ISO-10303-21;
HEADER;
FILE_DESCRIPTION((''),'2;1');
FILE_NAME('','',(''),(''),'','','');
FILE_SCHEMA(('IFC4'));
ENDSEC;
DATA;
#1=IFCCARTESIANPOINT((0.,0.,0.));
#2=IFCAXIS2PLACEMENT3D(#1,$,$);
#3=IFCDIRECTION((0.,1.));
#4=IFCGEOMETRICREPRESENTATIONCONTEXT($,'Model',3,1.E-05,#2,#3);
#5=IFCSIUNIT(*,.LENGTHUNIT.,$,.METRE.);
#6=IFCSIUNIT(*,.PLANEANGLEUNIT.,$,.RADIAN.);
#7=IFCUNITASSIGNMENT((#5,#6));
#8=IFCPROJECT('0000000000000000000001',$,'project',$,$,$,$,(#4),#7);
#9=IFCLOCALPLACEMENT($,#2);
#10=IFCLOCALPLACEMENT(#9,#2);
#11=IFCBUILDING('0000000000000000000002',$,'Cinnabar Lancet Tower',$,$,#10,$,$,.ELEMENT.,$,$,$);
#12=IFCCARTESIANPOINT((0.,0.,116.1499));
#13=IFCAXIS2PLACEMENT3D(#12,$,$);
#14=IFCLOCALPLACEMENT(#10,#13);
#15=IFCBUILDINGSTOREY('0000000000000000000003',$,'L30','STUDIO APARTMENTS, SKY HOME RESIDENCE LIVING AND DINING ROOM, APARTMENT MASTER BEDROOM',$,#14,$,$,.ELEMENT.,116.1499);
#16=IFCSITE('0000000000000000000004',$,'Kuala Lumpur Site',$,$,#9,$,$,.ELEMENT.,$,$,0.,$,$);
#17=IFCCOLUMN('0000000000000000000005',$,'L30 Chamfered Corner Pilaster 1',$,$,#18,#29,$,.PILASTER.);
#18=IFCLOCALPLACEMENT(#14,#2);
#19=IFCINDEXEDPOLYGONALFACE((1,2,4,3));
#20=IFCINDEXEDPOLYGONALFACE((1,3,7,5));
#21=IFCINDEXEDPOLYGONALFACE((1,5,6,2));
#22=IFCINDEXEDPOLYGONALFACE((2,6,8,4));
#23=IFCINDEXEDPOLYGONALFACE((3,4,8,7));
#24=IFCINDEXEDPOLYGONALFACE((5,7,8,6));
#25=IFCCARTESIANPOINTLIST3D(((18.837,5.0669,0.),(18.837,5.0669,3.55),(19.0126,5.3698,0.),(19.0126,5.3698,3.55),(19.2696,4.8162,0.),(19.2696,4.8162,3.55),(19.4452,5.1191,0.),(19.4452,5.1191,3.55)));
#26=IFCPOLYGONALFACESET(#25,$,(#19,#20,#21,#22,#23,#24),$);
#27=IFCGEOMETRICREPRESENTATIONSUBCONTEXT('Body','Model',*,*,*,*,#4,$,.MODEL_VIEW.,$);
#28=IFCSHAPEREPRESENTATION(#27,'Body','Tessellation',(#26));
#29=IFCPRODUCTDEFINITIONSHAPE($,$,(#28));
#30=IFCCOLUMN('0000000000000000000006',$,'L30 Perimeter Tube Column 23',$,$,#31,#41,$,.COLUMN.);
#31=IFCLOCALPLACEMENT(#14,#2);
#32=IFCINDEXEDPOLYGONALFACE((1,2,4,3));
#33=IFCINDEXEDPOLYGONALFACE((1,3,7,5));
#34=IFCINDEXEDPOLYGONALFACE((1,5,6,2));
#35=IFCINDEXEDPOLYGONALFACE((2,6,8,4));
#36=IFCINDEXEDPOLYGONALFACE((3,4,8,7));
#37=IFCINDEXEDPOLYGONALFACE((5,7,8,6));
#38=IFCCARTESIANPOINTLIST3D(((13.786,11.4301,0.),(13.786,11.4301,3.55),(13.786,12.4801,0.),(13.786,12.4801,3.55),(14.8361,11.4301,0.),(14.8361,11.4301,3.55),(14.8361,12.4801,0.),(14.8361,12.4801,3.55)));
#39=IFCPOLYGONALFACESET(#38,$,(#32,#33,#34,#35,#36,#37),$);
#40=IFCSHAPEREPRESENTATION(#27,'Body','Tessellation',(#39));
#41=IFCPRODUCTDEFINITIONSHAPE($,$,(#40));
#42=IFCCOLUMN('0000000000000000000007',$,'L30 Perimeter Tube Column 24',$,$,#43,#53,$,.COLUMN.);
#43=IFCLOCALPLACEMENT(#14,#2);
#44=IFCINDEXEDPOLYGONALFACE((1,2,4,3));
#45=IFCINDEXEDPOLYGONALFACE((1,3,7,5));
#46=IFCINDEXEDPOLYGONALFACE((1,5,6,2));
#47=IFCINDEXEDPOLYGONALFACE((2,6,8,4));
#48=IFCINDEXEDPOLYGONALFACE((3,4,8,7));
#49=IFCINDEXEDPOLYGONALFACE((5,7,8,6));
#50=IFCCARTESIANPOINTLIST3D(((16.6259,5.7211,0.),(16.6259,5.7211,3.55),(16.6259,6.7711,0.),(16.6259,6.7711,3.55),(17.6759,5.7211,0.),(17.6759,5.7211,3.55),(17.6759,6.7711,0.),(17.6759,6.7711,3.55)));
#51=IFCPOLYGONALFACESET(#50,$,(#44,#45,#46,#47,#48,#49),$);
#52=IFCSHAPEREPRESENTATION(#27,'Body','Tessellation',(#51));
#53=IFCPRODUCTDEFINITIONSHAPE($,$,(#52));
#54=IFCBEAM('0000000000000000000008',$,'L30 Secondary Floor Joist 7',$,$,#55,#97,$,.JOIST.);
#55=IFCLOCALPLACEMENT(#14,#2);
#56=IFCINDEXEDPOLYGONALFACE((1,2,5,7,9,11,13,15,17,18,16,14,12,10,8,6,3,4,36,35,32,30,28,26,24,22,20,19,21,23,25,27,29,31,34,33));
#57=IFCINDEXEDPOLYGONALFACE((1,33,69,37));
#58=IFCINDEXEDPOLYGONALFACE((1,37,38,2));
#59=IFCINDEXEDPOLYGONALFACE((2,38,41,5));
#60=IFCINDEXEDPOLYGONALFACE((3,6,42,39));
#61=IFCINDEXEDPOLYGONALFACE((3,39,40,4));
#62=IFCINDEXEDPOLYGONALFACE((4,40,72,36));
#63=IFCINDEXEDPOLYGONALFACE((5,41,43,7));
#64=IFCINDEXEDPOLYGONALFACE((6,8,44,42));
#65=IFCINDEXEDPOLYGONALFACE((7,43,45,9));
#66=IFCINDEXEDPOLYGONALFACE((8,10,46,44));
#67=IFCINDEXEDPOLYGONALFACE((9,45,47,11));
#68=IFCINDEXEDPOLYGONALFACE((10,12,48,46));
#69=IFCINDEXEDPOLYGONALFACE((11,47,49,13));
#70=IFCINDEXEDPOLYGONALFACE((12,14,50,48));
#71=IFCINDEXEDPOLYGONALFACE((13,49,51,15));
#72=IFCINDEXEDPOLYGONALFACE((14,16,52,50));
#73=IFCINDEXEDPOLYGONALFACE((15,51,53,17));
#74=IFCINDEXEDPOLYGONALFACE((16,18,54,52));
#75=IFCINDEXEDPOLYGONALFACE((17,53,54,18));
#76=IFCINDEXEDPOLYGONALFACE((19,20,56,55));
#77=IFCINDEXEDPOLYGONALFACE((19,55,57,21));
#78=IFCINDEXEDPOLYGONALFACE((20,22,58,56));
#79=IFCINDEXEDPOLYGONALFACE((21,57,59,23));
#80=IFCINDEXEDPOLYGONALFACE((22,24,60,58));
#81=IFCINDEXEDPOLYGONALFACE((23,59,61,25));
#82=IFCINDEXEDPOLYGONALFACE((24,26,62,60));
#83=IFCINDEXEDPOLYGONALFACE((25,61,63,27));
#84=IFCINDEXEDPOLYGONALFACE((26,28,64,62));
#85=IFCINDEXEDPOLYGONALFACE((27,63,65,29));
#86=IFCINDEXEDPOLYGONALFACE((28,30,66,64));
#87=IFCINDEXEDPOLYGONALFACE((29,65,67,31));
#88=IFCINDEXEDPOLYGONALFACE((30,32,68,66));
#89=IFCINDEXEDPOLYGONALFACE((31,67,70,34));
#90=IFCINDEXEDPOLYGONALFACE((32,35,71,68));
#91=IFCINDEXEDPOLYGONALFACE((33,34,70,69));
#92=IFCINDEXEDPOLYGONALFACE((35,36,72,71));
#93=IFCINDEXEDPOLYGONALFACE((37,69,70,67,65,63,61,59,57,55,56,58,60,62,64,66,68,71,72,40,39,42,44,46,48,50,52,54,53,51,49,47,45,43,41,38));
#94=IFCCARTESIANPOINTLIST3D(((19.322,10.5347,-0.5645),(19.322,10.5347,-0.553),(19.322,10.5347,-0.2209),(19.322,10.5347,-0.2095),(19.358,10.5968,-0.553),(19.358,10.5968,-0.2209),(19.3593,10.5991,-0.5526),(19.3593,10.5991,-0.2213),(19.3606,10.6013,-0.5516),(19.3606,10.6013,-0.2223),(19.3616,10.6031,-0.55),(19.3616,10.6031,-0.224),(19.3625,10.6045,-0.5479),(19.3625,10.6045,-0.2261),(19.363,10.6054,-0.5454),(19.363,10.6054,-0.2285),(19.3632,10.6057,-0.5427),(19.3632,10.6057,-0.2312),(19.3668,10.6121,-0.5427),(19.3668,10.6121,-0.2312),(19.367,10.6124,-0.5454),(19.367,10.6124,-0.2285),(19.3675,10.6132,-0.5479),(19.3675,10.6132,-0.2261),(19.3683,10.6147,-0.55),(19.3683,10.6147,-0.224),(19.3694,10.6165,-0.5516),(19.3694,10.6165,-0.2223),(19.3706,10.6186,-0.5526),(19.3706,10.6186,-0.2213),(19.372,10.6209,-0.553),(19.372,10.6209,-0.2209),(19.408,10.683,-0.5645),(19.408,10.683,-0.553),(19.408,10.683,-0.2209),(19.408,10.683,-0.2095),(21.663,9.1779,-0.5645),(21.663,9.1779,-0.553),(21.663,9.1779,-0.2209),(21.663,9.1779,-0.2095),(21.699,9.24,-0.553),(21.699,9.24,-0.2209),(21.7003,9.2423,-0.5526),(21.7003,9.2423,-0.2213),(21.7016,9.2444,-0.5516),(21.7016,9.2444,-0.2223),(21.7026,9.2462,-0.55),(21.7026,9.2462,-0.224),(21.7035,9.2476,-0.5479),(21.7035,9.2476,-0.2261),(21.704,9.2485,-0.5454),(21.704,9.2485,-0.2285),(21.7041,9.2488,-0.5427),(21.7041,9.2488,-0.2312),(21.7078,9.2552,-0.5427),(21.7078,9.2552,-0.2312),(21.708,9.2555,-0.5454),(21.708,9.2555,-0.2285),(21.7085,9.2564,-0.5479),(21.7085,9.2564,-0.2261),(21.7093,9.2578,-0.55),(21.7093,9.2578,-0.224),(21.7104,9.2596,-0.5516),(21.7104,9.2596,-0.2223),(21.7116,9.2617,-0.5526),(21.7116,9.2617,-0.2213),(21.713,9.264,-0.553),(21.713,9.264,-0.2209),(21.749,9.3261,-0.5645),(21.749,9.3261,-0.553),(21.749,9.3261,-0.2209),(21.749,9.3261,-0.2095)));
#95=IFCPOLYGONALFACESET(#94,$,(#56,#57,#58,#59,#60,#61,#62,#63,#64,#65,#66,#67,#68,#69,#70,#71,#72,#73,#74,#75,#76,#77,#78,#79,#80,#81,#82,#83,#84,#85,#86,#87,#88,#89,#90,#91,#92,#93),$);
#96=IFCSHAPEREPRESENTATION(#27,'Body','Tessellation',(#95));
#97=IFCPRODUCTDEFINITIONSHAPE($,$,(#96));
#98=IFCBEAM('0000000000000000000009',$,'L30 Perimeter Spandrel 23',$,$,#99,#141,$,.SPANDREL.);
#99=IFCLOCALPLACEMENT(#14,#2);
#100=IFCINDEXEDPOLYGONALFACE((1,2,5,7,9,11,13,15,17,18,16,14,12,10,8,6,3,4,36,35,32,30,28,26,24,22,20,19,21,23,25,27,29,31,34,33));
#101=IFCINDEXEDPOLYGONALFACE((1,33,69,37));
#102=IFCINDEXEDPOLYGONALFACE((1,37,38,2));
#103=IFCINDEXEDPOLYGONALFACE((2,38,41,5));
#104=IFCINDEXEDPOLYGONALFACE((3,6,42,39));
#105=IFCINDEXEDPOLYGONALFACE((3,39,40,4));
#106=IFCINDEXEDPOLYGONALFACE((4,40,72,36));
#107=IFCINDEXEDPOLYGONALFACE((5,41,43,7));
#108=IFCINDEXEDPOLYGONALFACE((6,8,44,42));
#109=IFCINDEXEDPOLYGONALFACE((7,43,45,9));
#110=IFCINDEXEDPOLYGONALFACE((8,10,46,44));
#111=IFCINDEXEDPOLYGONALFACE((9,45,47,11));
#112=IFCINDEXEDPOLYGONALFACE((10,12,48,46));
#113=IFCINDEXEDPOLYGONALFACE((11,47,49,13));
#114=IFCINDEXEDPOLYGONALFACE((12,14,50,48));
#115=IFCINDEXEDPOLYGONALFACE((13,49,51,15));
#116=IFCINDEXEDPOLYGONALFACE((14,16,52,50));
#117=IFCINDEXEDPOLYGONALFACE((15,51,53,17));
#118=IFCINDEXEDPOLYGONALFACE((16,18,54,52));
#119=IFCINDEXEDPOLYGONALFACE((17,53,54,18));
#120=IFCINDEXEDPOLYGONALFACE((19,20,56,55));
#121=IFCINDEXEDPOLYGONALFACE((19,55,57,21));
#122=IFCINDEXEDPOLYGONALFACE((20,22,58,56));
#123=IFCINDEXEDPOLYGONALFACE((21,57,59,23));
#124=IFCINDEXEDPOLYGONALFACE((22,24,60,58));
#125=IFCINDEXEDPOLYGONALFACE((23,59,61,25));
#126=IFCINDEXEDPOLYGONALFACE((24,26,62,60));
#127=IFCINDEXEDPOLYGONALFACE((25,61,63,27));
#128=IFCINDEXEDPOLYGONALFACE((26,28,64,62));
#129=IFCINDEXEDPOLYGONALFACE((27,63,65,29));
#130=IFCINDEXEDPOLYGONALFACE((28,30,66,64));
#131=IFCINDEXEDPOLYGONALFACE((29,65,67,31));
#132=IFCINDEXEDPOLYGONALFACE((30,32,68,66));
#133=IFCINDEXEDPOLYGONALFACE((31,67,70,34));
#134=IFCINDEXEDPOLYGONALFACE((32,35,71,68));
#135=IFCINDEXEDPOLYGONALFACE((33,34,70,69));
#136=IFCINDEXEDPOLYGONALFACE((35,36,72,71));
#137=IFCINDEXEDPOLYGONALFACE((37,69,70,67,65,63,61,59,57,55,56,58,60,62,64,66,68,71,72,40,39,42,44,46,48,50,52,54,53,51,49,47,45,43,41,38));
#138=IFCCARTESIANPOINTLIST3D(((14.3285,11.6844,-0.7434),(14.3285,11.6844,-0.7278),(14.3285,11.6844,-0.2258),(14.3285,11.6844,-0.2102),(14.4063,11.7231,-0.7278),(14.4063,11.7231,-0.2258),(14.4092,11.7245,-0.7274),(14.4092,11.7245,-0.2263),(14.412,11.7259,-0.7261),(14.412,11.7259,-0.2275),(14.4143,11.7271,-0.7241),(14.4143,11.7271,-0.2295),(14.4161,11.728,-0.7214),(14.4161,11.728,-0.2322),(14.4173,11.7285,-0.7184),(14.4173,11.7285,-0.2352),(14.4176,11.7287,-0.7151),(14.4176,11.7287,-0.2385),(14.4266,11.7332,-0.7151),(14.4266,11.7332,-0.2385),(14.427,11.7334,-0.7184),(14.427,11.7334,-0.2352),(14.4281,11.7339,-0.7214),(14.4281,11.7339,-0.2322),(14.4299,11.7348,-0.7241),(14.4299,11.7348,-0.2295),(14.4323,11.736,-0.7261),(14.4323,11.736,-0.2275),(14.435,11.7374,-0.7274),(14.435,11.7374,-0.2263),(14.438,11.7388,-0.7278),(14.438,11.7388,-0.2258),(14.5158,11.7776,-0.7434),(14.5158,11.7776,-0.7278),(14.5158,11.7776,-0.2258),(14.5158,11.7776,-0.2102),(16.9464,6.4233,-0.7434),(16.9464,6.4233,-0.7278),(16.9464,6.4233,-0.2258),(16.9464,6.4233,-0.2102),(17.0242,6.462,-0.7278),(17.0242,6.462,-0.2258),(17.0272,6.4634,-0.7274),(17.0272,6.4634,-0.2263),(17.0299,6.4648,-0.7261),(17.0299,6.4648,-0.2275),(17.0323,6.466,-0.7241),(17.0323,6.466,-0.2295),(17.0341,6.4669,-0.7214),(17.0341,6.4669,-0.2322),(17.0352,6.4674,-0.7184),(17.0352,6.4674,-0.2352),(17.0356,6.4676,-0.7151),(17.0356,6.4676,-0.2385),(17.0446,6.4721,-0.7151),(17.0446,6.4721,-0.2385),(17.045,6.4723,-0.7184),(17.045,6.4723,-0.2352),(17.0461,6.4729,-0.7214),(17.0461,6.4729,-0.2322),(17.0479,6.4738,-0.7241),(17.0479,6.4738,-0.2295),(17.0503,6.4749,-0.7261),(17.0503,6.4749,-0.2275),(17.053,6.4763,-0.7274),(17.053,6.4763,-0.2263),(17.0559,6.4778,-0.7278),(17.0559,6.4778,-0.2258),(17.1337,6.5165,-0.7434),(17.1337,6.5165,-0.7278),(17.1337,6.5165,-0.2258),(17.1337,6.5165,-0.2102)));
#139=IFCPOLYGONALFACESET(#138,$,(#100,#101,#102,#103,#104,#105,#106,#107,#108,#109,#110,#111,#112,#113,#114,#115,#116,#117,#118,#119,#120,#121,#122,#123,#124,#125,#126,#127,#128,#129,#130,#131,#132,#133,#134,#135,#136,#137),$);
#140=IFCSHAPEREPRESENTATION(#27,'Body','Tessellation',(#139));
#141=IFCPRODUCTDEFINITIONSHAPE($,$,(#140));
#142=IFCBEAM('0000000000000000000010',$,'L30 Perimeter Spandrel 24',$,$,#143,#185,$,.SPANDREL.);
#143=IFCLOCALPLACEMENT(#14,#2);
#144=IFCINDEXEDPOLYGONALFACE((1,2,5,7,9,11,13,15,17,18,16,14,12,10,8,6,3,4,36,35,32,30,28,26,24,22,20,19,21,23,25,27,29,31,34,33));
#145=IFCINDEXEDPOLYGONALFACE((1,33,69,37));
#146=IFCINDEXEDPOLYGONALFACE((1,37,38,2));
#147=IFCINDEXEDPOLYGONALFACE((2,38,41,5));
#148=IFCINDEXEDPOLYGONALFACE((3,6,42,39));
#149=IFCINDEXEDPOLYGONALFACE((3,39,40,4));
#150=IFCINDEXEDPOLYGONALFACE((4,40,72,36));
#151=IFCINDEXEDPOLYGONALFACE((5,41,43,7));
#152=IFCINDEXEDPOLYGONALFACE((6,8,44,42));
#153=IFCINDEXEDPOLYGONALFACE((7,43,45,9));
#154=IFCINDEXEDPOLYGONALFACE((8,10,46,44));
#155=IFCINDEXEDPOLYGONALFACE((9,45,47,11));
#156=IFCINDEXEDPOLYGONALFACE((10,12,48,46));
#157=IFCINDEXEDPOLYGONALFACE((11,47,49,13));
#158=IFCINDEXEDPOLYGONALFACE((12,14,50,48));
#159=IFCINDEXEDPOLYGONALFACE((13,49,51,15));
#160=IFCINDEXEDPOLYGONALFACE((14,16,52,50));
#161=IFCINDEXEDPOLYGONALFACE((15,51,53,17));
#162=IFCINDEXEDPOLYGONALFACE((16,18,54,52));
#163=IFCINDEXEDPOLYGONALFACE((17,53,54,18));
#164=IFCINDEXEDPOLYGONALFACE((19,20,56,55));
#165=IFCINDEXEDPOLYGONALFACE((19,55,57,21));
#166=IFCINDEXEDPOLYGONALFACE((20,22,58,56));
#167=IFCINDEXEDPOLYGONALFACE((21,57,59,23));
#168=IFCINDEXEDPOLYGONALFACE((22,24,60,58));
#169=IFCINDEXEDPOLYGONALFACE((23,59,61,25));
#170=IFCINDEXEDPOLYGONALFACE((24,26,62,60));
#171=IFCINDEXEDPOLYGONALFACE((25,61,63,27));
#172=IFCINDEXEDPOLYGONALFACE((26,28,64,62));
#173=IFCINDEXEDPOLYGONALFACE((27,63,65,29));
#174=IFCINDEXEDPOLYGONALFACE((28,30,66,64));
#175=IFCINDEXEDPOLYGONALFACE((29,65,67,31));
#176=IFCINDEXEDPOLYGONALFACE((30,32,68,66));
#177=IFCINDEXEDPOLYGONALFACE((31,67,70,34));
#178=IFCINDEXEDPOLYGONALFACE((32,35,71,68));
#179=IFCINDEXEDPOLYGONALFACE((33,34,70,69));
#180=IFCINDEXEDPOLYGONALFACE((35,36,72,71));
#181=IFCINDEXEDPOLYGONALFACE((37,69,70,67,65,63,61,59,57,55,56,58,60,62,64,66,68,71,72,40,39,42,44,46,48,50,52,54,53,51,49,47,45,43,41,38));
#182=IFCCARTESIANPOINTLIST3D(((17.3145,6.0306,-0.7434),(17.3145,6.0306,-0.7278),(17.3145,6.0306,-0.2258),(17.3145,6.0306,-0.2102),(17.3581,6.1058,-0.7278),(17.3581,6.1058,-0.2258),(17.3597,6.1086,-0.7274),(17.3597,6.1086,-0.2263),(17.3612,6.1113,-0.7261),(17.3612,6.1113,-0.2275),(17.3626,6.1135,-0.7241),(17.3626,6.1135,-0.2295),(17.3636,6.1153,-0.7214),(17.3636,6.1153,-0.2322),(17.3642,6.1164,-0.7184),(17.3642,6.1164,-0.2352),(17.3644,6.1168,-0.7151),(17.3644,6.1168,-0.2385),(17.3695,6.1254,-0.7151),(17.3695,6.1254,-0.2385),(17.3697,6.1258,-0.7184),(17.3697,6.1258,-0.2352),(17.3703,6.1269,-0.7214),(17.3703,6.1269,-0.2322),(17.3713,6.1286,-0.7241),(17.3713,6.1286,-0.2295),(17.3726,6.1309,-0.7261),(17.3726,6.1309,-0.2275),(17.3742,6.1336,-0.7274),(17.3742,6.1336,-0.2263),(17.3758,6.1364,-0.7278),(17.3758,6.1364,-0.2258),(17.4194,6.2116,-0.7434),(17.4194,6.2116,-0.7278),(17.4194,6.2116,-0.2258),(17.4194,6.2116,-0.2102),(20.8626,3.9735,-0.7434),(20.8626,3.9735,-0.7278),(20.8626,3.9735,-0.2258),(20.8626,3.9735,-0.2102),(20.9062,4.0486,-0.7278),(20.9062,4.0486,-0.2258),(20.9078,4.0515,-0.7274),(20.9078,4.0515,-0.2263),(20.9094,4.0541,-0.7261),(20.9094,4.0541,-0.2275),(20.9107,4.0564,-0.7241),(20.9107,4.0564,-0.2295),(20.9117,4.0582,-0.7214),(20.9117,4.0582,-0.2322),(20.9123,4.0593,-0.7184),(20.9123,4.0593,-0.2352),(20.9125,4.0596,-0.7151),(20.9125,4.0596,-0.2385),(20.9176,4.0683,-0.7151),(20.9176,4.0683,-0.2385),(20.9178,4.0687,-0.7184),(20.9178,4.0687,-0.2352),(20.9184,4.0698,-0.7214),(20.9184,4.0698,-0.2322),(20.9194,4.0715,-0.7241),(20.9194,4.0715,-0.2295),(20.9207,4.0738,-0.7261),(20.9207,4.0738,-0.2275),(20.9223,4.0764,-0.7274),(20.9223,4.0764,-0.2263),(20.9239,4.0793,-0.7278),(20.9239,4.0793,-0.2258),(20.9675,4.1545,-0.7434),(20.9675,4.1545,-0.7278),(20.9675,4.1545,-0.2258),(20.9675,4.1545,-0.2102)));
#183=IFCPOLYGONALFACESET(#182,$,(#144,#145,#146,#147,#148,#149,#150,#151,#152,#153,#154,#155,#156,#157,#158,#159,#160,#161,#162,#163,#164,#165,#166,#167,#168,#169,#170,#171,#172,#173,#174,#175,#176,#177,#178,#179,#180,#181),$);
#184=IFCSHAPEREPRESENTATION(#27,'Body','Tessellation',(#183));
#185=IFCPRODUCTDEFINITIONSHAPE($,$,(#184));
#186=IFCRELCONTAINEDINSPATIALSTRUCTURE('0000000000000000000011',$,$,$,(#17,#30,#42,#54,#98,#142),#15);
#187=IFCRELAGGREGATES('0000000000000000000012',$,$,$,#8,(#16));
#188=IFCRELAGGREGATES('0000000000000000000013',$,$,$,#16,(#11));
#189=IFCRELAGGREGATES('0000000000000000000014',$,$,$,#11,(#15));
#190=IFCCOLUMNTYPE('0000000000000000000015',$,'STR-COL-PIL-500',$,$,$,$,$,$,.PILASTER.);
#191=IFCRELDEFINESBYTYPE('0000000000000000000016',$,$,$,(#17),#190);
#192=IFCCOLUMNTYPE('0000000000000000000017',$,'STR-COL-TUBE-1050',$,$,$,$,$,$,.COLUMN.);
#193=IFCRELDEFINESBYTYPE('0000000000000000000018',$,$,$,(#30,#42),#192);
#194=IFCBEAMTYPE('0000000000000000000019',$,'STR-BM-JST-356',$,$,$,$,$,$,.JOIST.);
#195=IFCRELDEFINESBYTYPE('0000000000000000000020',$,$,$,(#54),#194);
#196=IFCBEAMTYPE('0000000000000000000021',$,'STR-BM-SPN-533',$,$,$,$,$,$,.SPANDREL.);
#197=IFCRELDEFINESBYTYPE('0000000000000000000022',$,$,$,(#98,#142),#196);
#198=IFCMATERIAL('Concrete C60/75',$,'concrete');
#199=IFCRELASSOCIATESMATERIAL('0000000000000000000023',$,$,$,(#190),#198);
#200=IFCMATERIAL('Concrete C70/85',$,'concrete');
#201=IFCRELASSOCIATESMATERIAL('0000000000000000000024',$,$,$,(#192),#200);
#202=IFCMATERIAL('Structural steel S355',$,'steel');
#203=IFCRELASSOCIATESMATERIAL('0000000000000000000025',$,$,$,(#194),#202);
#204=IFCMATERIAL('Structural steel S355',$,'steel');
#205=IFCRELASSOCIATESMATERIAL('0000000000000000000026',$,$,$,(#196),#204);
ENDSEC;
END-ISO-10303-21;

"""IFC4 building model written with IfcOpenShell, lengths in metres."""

from ifc_helpers import new_model, si_unit, direction, frame, origin, origin_2d, place, context, subcontext, project, spatial, rectangle, i_section, extrude, material, material_profile, profile_set, type_object, element, save


model = new_model("IFC4")

# Units and contexts
model_context = context("Model", 3, precision=1e-05, world=origin(), true_north=direction((0.0, 1.0)))
body_context = subcontext(model_context, "Body", "Model", "MODEL_VIEW")
ifc_project = project(units=[si_unit("LENGTHUNIT", "METRE"), si_unit("PLANEANGLEUNIT", "RADIAN")], contexts=[model_context])

# Site, building, storey
site_placement = place(None, origin())
site = spatial("IfcSite", under=ifc_project, at=site_placement, Name="Kuala Lumpur Site", CompositionType="ELEMENT", RefElevation=0.0)
building_placement = place(site_placement, origin())
building = spatial("IfcBuilding", under=site, at=building_placement, Name="Cinnabar Lancet Tower", CompositionType="ELEMENT")
storey_placement = place(building_placement, frame((0.0, 0.0, 116.1499)))
storey = spatial("IfcBuildingStorey", under=building, at=storey_placement, Name="L30", Description="STUDIO APARTMENTS, SKY HOME RESIDENCE LIVING AND DINING ROOM, APARTMENT MASTER BEDROOM", CompositionType="ELEMENT", Elevation=116.1499)

# Columns
ifc_material_1 = material(Name="Concrete C60/75", Category="concrete")
ifc_material_profile_1 = material_profile(ifc_material_1, rectangle(XDim=0.5, YDim=0.3501, at=origin_2d()), Name="RC-PIL 500x350")
ifc_profile_set_1 = profile_set([ifc_material_profile_1], Name="Concrete C60/75")
column_type_1 = type_object("IfcColumnType", Name="STR-COL-PIL-500", PredefinedType="PILASTER", material=ifc_profile_set_1)
column_placement = place(storey_placement, frame((19.1411, 5.093, 0.0), z_axis=(0.0, 0.0, 1.0), x_axis=(0.86516, -0.501496, 0.0)))
element("IfcColumn", 1, at=column_placement, inside=storey, type_object=column_type_1, Name="L30 Chamfered Corner Pilaster 1", PredefinedType="PILASTER", context=body_context, shape_type="SweptSolid", body=[
    extrude(rectangle(XDim=0.5, YDim=0.3501, at=origin_2d()), origin(), (0.0, 0.0, 1.0), 3.55),
])
ifc_material_2 = material(Name="Concrete C70/85", Category="concrete")
ifc_material_profile_2 = material_profile(ifc_material_2, rectangle(XDim=1.05, YDim=1.05, at=origin_2d()), Name="RC-COL 1050x1050")
ifc_profile_set_2 = profile_set([ifc_material_profile_2], Name="Concrete C70/85")
column_type_2 = type_object("IfcColumnType", Name="STR-COL-TUBE-1050", PredefinedType="COLUMN", material=ifc_profile_set_2)
for number, where, z_axis, x_axis, name in (
    (2, (14.311, 11.9551, 0.0), (0.0, 0.0, 1.0), (1.0, 0.0, 0.0), "L30 Perimeter Tube Column 23"),
    (3, (17.1509, 6.2461, 0.0), (0.0, 0.0, 1.0), (1.0, 0.0, 0.0), "L30 Perimeter Tube Column 24"),
):
    element("IfcColumn", number, at=place(storey_placement, frame(where, z_axis=z_axis, x_axis=x_axis)), inside=storey, type_object=column_type_2, Name=name, PredefinedType="COLUMN", context=body_context, shape_type="SweptSolid", body=[
        extrude(rectangle(XDim=1.05, YDim=1.05, at=origin_2d()), origin(), (0.0, 0.0, 1.0), 3.55),
    ])

# Beams
ifc_material_3 = material(Name="Structural steel S355", Category="steel")
ifc_material_profile_3 = material_profile(ifc_material_3, i_section(OverallWidth=0.1714, OverallDepth=0.355, WebThickness=0.0073, FlangeThickness=0.0115, FilletRadius=0.0103, at=origin_2d()), Name="UKB 356x171x51")
ifc_profile_set_3 = profile_set([ifc_material_profile_3], Name="Structural steel S355")
beam_type_1 = type_object("IfcBeamType", Name="STR-BM-JST-356", PredefinedType="JOIST", material=ifc_profile_set_3)
beam_1_placement = place(storey_placement, frame((19.365, 10.6089, -0.387), z_axis=(0.865173, -0.501474, 0.0), x_axis=(0.501474, 0.865173, 0.0)))
element("IfcBeam", 4, at=beam_1_placement, inside=storey, type_object=beam_type_1, Name="L30 Secondary Floor Joist 7", PredefinedType="JOIST", context=body_context, shape_type="SweptSolid", body=[
    extrude(i_section(OverallWidth=0.1714, OverallDepth=0.355, WebThickness=0.0073, FlangeThickness=0.0115, FilletRadius=0.0103, at=origin_2d()), origin(), (0.0, 0.0, 1.0), 2.7058),
])
ifc_material_4 = material(Name="Structural steel S355", Category="steel")
ifc_material_profile_4 = material_profile(ifc_material_4, i_section(OverallWidth=0.2092, OverallDepth=0.5332, WebThickness=0.01, FlangeThickness=0.0156, FilletRadius=0.0127, at=origin_2d()), Name="UKB 533x210x92")
ifc_profile_set_4 = profile_set([ifc_material_profile_4], Name="Structural steel S355")
beam_type_2 = type_object("IfcBeamType", Name="STR-BM-SPN-533", PredefinedType="SPANDREL", material=ifc_profile_set_4)
beam_2_placement = place(storey_placement, frame((14.4221, 11.731, -0.4768), z_axis=(0.445501, -0.895281, 0.0), x_axis=(0.895281, 0.445501, 0.0)))
element("IfcBeam", 5, at=beam_2_placement, inside=storey, type_object=beam_type_2, Name="L30 Perimeter Spandrel 23", PredefinedType="SPANDREL", context=body_context, shape_type="SweptSolid", body=[
    extrude(i_section(OverallWidth=0.2092, OverallDepth=0.5332, WebThickness=0.01, FlangeThickness=0.0156, FilletRadius=0.0127, at=origin_2d()), origin(), (0.0, 0.0, 1.0), 5.8765),
])
beam_3_placement = place(storey_placement, frame((17.3669, 6.1211, -0.4768), z_axis=(0.865112, -0.501578, 0.0), x_axis=(0.501578, 0.865112, 0.0)))
element("IfcBeam", 6, at=beam_3_placement, inside=storey, type_object=beam_type_2, Name="L30 Perimeter Spandrel 24", PredefinedType="SPANDREL", context=body_context, shape_type="SweptSolid", body=[
    extrude(i_section(OverallWidth=0.2092, OverallDepth=0.5332, WebThickness=0.01, FlangeThickness=0.0156, FilletRadius=0.0127, at=origin_2d()), origin(), (0.0, 0.0, 1.0), 4.1013),
])

save(model, "model.ifc")
